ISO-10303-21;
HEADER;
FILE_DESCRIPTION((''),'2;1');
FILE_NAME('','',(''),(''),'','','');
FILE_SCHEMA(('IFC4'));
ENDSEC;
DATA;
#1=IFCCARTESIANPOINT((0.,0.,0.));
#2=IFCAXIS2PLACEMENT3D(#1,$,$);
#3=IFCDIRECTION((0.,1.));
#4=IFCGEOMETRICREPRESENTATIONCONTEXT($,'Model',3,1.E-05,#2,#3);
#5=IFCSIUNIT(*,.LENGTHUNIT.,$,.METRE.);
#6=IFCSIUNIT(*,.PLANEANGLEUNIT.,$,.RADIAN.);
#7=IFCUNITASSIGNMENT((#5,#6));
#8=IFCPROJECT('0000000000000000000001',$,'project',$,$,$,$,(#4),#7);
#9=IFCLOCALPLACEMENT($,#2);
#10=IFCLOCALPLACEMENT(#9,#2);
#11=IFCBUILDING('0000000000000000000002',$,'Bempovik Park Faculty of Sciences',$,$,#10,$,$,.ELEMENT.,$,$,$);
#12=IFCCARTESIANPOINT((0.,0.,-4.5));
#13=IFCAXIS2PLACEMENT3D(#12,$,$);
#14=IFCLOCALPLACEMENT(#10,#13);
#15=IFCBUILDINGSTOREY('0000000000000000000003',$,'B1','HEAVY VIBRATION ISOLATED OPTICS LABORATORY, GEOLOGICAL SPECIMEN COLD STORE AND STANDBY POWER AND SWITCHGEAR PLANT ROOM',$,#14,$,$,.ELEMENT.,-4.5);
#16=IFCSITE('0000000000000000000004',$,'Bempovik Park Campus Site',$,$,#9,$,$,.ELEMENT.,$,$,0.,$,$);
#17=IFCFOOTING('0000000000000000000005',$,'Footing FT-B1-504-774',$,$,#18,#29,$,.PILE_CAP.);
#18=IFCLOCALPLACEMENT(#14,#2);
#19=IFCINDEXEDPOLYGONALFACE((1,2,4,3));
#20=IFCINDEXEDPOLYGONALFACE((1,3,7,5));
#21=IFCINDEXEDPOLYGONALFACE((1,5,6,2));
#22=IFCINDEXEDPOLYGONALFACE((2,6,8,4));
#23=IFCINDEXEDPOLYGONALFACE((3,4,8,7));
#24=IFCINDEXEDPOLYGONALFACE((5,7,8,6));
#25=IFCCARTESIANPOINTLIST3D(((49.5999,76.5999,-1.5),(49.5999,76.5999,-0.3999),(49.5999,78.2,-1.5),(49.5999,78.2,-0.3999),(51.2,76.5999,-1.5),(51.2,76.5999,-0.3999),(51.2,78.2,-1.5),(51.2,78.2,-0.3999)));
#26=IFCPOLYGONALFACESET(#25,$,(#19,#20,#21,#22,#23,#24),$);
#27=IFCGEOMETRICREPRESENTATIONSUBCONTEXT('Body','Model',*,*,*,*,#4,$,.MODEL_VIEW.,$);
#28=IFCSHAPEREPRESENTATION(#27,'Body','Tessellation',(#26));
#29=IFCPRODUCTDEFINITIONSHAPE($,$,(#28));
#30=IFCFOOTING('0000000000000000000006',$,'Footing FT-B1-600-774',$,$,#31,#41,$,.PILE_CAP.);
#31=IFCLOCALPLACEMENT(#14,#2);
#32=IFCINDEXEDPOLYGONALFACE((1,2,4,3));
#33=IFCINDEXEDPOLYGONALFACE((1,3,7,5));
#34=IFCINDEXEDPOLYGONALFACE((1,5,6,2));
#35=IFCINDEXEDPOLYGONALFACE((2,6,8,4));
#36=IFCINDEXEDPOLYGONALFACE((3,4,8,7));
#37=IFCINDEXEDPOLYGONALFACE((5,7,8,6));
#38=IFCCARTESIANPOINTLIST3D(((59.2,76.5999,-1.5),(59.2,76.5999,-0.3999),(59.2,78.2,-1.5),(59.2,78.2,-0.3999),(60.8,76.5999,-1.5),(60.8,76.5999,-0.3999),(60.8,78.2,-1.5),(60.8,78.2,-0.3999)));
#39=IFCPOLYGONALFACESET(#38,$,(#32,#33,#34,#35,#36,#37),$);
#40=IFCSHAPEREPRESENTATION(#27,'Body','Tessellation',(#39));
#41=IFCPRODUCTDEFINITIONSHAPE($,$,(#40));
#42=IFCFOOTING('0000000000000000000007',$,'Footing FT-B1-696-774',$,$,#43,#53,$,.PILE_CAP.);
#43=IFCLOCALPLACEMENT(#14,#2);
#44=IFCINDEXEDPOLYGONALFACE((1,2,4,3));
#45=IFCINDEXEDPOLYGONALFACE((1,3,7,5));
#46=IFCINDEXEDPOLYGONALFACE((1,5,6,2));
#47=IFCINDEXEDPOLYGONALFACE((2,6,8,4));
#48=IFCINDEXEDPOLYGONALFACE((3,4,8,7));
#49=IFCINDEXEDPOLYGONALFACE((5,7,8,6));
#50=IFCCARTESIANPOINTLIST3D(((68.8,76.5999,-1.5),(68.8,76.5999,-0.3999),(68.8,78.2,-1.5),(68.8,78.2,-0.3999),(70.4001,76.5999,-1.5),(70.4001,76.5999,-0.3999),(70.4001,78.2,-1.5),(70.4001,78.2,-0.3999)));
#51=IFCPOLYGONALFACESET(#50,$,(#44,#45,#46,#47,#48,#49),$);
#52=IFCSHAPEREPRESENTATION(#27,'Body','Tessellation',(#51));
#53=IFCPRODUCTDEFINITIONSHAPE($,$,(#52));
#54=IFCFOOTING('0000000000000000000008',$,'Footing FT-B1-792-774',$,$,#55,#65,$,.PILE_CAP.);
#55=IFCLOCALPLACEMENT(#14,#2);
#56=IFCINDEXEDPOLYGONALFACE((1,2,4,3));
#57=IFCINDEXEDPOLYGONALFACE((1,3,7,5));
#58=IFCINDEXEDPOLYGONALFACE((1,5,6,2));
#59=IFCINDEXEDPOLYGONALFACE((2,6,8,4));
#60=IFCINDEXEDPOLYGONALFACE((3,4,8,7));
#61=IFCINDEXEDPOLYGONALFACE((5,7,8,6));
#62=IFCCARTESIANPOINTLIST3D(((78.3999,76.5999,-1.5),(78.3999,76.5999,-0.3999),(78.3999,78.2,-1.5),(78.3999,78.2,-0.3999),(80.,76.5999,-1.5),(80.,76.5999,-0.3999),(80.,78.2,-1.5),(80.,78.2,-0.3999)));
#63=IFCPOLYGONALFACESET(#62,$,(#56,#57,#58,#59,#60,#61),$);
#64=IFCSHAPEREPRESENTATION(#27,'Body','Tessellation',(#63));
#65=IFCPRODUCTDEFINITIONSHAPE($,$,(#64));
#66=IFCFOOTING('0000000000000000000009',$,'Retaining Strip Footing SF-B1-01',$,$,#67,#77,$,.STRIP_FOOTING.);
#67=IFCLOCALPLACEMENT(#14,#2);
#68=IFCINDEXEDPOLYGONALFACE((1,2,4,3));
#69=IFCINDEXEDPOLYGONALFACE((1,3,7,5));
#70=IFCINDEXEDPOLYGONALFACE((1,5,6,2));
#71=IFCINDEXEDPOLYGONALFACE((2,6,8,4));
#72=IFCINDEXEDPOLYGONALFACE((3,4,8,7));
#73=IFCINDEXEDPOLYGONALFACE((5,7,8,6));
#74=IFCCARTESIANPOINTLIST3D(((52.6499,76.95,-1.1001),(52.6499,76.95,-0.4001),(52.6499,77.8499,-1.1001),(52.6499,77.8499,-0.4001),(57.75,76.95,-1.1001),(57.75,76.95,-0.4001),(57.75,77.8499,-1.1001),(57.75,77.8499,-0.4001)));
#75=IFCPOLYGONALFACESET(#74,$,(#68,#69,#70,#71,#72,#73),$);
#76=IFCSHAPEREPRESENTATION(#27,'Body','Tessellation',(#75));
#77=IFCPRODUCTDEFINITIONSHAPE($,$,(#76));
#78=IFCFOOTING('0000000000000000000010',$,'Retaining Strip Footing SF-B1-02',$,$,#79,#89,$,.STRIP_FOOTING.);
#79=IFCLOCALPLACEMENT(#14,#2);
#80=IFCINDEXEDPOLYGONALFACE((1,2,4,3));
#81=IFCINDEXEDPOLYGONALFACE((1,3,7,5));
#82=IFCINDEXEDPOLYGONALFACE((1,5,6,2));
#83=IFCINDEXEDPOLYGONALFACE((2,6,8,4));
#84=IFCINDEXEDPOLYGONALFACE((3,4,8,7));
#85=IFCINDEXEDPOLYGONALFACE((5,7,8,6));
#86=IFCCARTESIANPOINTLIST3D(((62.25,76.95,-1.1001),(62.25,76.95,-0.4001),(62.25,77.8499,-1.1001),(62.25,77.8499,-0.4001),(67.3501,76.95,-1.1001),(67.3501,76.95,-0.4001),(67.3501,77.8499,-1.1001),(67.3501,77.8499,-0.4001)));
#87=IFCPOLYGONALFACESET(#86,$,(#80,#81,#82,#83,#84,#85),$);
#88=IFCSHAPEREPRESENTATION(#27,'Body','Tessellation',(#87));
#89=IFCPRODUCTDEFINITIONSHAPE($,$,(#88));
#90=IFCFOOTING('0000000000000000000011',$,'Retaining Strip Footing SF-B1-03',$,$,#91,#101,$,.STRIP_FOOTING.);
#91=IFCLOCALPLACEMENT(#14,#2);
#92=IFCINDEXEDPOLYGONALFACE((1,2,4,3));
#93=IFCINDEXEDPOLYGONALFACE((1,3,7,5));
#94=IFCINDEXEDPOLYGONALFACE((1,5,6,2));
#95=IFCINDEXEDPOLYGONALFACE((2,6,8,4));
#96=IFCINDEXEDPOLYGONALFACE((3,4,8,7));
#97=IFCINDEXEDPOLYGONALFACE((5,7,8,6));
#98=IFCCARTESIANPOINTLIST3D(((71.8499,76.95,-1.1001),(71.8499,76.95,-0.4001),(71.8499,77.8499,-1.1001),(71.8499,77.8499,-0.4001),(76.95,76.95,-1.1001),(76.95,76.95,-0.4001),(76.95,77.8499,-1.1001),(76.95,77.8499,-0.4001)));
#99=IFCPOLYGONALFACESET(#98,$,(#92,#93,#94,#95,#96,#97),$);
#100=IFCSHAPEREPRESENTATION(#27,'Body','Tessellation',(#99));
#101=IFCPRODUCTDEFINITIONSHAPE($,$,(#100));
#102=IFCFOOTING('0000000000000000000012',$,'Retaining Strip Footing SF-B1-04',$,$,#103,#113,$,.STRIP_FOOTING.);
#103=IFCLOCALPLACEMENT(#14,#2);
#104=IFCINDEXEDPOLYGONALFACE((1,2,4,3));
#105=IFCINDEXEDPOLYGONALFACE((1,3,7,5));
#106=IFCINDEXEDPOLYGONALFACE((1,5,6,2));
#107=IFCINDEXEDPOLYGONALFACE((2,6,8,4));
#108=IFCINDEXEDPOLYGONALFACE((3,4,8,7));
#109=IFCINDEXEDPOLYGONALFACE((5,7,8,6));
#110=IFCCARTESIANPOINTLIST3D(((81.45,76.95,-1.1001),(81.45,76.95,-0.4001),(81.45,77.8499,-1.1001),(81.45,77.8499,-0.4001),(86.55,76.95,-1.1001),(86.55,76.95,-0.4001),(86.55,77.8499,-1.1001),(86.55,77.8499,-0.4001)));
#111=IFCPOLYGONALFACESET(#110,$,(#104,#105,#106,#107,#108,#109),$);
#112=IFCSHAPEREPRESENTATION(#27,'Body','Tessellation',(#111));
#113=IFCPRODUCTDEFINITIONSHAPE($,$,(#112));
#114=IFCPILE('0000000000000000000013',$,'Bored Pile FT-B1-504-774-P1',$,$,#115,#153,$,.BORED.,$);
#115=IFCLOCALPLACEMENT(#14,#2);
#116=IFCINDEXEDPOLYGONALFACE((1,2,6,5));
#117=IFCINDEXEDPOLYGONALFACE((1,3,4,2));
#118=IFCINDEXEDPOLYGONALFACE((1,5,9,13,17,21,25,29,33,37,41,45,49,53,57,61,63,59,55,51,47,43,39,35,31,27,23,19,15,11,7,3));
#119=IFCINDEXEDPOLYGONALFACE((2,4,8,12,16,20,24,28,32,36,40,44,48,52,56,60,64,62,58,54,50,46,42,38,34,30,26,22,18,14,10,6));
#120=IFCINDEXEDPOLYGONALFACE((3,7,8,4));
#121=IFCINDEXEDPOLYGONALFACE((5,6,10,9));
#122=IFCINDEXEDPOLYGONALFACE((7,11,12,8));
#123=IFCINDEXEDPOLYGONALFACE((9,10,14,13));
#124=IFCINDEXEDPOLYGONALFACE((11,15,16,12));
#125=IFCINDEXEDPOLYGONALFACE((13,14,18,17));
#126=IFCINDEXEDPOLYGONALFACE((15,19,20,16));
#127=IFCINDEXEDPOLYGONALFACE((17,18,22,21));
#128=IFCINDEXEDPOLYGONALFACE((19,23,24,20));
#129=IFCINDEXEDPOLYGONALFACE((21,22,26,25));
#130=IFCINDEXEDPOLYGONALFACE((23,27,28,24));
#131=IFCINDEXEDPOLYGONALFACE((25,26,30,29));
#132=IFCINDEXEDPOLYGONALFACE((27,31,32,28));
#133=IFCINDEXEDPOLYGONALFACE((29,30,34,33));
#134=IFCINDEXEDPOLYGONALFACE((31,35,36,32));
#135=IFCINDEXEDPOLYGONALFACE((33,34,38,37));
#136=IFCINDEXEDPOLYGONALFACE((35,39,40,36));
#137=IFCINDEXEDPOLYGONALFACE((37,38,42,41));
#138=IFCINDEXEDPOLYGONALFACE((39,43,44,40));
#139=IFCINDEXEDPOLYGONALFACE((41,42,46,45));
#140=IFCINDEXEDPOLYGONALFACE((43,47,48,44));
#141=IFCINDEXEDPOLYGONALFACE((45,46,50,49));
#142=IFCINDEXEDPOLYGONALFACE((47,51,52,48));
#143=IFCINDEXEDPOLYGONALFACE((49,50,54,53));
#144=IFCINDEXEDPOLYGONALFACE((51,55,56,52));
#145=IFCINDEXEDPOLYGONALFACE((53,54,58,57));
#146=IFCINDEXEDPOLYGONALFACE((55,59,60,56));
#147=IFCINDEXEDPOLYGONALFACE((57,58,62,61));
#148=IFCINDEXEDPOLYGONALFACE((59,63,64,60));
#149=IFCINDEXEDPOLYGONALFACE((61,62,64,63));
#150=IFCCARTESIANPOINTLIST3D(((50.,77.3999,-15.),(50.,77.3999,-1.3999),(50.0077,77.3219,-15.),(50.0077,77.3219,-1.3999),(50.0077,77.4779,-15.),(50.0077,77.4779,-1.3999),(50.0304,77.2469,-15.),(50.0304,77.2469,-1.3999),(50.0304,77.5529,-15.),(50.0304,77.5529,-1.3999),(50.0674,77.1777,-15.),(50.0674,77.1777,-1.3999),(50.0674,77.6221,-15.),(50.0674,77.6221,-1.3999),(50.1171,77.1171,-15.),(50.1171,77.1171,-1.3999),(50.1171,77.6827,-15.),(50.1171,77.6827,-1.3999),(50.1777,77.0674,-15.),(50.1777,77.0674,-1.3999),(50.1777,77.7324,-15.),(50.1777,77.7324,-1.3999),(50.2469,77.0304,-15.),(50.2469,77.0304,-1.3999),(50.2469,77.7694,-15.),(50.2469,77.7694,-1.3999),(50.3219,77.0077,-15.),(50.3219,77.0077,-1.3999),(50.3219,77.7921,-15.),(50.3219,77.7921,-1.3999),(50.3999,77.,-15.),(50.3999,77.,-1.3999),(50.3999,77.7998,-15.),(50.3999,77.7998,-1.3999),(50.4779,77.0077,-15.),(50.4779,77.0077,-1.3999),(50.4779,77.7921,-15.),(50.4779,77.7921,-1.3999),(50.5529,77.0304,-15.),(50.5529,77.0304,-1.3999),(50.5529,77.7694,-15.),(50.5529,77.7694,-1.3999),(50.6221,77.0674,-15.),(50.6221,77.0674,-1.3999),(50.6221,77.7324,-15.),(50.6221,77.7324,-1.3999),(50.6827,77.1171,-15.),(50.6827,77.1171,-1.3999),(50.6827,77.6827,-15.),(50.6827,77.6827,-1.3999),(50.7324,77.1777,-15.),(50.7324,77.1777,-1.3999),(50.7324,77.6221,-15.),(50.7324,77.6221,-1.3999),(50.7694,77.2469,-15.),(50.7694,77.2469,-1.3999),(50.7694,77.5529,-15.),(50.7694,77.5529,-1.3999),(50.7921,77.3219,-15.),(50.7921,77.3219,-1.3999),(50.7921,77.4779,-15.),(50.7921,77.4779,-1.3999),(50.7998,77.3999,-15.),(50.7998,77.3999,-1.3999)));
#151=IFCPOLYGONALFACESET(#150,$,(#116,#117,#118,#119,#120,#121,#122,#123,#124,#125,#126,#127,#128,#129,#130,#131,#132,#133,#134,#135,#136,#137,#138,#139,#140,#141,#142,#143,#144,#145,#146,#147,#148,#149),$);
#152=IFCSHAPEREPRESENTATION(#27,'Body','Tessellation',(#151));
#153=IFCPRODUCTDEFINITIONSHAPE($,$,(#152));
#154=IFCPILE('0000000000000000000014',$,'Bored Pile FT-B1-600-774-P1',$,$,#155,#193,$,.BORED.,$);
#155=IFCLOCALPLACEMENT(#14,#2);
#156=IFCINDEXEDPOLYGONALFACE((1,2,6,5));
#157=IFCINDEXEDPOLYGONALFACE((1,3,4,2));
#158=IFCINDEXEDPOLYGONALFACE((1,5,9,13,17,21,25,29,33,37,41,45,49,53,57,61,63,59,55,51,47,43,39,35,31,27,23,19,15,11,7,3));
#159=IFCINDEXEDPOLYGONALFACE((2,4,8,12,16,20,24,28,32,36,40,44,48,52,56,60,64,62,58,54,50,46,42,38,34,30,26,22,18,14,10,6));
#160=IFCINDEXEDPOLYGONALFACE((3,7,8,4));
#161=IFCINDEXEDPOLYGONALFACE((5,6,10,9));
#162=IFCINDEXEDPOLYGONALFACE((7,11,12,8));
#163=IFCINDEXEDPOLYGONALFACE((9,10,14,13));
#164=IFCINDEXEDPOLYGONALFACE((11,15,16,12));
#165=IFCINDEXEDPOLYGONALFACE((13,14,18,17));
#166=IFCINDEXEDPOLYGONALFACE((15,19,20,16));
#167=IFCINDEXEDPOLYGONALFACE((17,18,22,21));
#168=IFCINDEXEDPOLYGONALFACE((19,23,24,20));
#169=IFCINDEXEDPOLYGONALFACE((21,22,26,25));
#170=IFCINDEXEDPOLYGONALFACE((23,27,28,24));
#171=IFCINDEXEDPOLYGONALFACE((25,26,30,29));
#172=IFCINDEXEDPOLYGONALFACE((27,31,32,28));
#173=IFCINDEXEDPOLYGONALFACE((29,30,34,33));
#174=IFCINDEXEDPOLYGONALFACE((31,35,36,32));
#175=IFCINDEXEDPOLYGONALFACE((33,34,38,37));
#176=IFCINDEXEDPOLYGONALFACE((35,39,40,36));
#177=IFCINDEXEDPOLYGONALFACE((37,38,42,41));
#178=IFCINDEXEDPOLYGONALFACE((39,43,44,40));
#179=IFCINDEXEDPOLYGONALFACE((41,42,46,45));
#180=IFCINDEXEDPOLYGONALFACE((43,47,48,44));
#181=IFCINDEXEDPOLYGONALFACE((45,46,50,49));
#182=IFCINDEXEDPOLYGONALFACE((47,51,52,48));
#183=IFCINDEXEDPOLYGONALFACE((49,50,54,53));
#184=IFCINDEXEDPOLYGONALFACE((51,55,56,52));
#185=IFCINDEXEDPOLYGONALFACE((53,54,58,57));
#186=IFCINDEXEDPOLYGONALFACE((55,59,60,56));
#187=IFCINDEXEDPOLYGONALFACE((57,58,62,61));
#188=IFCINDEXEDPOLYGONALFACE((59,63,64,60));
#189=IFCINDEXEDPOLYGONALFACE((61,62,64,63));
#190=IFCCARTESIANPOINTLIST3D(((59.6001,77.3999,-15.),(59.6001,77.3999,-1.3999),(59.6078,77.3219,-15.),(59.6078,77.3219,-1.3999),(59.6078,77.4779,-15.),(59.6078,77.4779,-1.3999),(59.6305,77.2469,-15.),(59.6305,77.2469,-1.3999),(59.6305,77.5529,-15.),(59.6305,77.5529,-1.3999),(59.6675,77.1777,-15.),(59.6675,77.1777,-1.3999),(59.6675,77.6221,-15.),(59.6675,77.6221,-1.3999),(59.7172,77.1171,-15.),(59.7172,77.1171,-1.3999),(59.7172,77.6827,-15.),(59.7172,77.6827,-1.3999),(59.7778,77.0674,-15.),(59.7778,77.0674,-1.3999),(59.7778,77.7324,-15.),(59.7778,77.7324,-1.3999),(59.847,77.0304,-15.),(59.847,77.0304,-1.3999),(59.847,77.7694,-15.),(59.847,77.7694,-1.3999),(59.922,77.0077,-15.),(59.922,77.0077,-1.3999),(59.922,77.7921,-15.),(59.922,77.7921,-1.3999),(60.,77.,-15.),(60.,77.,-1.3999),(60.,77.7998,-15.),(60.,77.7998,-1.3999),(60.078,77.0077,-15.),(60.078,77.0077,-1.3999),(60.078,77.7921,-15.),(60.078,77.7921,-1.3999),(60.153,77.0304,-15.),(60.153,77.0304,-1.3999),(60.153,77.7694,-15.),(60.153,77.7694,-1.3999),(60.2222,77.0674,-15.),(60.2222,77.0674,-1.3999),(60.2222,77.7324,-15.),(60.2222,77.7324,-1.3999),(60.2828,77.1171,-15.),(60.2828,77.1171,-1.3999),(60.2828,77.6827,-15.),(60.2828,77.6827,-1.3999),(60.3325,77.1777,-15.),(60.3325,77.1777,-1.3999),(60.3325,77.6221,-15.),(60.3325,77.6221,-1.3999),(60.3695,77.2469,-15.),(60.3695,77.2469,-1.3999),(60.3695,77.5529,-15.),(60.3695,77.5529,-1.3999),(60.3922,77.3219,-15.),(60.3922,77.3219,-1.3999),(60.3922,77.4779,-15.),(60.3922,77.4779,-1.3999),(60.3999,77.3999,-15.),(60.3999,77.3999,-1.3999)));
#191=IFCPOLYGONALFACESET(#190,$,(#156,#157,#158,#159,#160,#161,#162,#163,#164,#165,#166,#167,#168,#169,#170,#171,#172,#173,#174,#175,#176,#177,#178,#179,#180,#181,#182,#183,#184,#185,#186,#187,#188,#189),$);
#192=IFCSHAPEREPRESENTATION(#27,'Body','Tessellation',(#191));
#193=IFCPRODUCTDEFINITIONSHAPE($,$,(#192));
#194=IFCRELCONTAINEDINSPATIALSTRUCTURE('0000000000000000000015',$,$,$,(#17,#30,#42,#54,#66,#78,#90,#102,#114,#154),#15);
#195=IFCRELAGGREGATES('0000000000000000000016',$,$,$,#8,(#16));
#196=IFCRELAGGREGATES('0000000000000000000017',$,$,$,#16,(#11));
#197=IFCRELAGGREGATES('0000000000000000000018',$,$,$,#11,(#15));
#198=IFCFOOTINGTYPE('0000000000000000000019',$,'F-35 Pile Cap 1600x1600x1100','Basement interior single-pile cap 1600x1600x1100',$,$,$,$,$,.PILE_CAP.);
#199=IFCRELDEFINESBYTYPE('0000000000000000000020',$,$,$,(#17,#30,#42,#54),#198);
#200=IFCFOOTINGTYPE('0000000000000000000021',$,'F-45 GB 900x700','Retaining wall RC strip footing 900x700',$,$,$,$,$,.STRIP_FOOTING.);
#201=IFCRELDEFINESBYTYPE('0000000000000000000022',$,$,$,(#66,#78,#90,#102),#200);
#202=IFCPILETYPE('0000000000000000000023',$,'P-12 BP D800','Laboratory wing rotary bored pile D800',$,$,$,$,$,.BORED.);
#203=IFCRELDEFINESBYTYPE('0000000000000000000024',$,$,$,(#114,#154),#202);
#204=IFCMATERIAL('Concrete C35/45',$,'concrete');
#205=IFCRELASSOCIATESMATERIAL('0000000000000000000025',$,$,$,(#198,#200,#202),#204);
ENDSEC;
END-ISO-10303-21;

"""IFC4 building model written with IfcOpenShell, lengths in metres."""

from ifc_helpers import new_model, si_unit, direction, frame, origin, origin_2d, place, context, subcontext, project, spatial, rectangle, circle, extrude, material, material_profile, profile_set, type_object, element, save


model = new_model("IFC4")

# Units and contexts
model_context = context("Model", 3, precision=1e-05, world=origin(), true_north=direction((0.0, 1.0)))
body_context = subcontext(model_context, "Body", "Model", "MODEL_VIEW")
ifc_project = project(units=[si_unit("LENGTHUNIT", "METRE"), si_unit("PLANEANGLEUNIT", "RADIAN")], contexts=[model_context])

# Site, building, storey
site_placement = place(None, origin())
site = spatial("IfcSite", under=ifc_project, at=site_placement, Name="Bempovik Park Campus Site", CompositionType="ELEMENT", RefElevation=0.0)
building_placement = place(site_placement, origin())
building = spatial("IfcBuilding", under=site, at=building_placement, Name="Bempovik Park Faculty of Sciences", CompositionType="ELEMENT")
storey_placement = place(building_placement, frame((0.0, 0.0, -4.5)))
storey = spatial("IfcBuildingStorey", under=building, at=storey_placement, Name="B1", Description="HEAVY VIBRATION ISOLATED OPTICS LABORATORY, GEOLOGICAL SPECIMEN COLD STORE AND STANDBY POWER AND SWITCHGEAR PLANT ROOM", CompositionType="ELEMENT", Elevation=-4.5)

# Footings
ifc_material_1 = material(Name="Concrete C35/45", Category="concrete")
footing_type_1 = type_object("IfcFootingType", Name="F-35 Pile Cap 1600x1600x1100", Description="Basement interior single-pile cap 1600x1600x1100", PredefinedType="PILE_CAP", material=ifc_material_1)
for number, where, z_axis, x_axis, name in (
    (1, (50.3999, 77.3999, -1.5), (0.0, 0.0, 1.0), (1.0, 0.0, 0.0), "Footing FT-B1-504-774"),
    (2, (60.0, 77.3999, -1.5), (0.0, 0.0, 1.0), (1.0, 0.0, 0.0), "Footing FT-B1-600-774"),
    (3, (69.6001, 77.3999, -1.5), (0.0, 0.0, 1.0), (1.0, 0.0, 0.0), "Footing FT-B1-696-774"),
    (4, (79.2, 77.3999, -1.5), (0.0, 0.0, 1.0), (1.0, 0.0, 0.0), "Footing FT-B1-792-774"),
):
    element("IfcFooting", number, at=place(storey_placement, frame(where, z_axis=z_axis, x_axis=x_axis)), inside=storey, type_object=footing_type_1, Name=name, PredefinedType="PILE_CAP", context=body_context, shape_type="SweptSolid", body=[
        extrude(rectangle(XDim=1.6001, YDim=1.6001, at=origin_2d()), origin(), (0.0, 0.0, 1.0), 1.1001),
    ])
footing_type_2 = type_object("IfcFootingType", Name="F-45 GB 900x700", Description="Retaining wall RC strip footing 900x700", PredefinedType="STRIP_FOOTING", material=ifc_material_1)
for number, where, z_axis, x_axis, name in (
    (5, (55.2, 77.3999, -1.1001), (0.0, 0.0, 1.0), (1.0, 0.0, 0.0), "Retaining Strip Footing SF-B1-01"),
    (6, (64.8, 77.3999, -1.1001), (0.0, 0.0, 1.0), (1.0, 0.0, 0.0), "Retaining Strip Footing SF-B1-02"),
    (7, (74.3999, 77.3999, -1.1001), (0.0, 0.0, 1.0), (1.0, 0.0, 0.0), "Retaining Strip Footing SF-B1-03"),
    (8, (84.0, 77.3999, -1.1001), (0.0, 0.0, 1.0), (1.0, 0.0, 0.0), "Retaining Strip Footing SF-B1-04"),
):
    element("IfcFooting", number, at=place(storey_placement, frame(where, z_axis=z_axis, x_axis=x_axis)), inside=storey, type_object=footing_type_2, Name=name, PredefinedType="STRIP_FOOTING", context=body_context, shape_type="SweptSolid", body=[
        extrude(rectangle(XDim=5.1001, YDim=0.8999, at=origin_2d()), origin(), (0.0, 0.0, 1.0), 0.7),
    ])

# Piles
ifc_material_profile_1 = material_profile(ifc_material_1, circle(Radius=0.3999, at=origin_2d()), Name="BP D800")
ifc_profile_set_1 = profile_set([ifc_material_profile_1], Name="Concrete C35/45")
pile_type = type_object("IfcPileType", Name="P-12 BP D800", Description="Laboratory wing rotary bored pile D800", PredefinedType="BORED", material=ifc_profile_set_1)
for number, where, z_axis, x_axis, name in (
    (9, (50.3999, 77.3999, -1.3999), (0.0, 0.0, -1.0), (1.0, 0.0, 0.0), "Bored Pile FT-B1-504-774-P1"),
    (10, (60.0, 77.3999, -1.3999), (0.0, 0.0, -1.0), (1.0, 0.0, 0.0), "Bored Pile FT-B1-600-774-P1"),
):
    element("IfcPile", number, at=place(storey_placement, frame(where, z_axis=z_axis, x_axis=x_axis)), inside=storey, type_object=pile_type, Name=name, PredefinedType="BORED", context=body_context, shape_type="SweptSolid", body=[
        extrude(circle(Radius=0.3999, at=origin_2d()), origin(), (0.0, 0.0, 1.0), 13.6001),
    ])

save(model, "model.ifc")
